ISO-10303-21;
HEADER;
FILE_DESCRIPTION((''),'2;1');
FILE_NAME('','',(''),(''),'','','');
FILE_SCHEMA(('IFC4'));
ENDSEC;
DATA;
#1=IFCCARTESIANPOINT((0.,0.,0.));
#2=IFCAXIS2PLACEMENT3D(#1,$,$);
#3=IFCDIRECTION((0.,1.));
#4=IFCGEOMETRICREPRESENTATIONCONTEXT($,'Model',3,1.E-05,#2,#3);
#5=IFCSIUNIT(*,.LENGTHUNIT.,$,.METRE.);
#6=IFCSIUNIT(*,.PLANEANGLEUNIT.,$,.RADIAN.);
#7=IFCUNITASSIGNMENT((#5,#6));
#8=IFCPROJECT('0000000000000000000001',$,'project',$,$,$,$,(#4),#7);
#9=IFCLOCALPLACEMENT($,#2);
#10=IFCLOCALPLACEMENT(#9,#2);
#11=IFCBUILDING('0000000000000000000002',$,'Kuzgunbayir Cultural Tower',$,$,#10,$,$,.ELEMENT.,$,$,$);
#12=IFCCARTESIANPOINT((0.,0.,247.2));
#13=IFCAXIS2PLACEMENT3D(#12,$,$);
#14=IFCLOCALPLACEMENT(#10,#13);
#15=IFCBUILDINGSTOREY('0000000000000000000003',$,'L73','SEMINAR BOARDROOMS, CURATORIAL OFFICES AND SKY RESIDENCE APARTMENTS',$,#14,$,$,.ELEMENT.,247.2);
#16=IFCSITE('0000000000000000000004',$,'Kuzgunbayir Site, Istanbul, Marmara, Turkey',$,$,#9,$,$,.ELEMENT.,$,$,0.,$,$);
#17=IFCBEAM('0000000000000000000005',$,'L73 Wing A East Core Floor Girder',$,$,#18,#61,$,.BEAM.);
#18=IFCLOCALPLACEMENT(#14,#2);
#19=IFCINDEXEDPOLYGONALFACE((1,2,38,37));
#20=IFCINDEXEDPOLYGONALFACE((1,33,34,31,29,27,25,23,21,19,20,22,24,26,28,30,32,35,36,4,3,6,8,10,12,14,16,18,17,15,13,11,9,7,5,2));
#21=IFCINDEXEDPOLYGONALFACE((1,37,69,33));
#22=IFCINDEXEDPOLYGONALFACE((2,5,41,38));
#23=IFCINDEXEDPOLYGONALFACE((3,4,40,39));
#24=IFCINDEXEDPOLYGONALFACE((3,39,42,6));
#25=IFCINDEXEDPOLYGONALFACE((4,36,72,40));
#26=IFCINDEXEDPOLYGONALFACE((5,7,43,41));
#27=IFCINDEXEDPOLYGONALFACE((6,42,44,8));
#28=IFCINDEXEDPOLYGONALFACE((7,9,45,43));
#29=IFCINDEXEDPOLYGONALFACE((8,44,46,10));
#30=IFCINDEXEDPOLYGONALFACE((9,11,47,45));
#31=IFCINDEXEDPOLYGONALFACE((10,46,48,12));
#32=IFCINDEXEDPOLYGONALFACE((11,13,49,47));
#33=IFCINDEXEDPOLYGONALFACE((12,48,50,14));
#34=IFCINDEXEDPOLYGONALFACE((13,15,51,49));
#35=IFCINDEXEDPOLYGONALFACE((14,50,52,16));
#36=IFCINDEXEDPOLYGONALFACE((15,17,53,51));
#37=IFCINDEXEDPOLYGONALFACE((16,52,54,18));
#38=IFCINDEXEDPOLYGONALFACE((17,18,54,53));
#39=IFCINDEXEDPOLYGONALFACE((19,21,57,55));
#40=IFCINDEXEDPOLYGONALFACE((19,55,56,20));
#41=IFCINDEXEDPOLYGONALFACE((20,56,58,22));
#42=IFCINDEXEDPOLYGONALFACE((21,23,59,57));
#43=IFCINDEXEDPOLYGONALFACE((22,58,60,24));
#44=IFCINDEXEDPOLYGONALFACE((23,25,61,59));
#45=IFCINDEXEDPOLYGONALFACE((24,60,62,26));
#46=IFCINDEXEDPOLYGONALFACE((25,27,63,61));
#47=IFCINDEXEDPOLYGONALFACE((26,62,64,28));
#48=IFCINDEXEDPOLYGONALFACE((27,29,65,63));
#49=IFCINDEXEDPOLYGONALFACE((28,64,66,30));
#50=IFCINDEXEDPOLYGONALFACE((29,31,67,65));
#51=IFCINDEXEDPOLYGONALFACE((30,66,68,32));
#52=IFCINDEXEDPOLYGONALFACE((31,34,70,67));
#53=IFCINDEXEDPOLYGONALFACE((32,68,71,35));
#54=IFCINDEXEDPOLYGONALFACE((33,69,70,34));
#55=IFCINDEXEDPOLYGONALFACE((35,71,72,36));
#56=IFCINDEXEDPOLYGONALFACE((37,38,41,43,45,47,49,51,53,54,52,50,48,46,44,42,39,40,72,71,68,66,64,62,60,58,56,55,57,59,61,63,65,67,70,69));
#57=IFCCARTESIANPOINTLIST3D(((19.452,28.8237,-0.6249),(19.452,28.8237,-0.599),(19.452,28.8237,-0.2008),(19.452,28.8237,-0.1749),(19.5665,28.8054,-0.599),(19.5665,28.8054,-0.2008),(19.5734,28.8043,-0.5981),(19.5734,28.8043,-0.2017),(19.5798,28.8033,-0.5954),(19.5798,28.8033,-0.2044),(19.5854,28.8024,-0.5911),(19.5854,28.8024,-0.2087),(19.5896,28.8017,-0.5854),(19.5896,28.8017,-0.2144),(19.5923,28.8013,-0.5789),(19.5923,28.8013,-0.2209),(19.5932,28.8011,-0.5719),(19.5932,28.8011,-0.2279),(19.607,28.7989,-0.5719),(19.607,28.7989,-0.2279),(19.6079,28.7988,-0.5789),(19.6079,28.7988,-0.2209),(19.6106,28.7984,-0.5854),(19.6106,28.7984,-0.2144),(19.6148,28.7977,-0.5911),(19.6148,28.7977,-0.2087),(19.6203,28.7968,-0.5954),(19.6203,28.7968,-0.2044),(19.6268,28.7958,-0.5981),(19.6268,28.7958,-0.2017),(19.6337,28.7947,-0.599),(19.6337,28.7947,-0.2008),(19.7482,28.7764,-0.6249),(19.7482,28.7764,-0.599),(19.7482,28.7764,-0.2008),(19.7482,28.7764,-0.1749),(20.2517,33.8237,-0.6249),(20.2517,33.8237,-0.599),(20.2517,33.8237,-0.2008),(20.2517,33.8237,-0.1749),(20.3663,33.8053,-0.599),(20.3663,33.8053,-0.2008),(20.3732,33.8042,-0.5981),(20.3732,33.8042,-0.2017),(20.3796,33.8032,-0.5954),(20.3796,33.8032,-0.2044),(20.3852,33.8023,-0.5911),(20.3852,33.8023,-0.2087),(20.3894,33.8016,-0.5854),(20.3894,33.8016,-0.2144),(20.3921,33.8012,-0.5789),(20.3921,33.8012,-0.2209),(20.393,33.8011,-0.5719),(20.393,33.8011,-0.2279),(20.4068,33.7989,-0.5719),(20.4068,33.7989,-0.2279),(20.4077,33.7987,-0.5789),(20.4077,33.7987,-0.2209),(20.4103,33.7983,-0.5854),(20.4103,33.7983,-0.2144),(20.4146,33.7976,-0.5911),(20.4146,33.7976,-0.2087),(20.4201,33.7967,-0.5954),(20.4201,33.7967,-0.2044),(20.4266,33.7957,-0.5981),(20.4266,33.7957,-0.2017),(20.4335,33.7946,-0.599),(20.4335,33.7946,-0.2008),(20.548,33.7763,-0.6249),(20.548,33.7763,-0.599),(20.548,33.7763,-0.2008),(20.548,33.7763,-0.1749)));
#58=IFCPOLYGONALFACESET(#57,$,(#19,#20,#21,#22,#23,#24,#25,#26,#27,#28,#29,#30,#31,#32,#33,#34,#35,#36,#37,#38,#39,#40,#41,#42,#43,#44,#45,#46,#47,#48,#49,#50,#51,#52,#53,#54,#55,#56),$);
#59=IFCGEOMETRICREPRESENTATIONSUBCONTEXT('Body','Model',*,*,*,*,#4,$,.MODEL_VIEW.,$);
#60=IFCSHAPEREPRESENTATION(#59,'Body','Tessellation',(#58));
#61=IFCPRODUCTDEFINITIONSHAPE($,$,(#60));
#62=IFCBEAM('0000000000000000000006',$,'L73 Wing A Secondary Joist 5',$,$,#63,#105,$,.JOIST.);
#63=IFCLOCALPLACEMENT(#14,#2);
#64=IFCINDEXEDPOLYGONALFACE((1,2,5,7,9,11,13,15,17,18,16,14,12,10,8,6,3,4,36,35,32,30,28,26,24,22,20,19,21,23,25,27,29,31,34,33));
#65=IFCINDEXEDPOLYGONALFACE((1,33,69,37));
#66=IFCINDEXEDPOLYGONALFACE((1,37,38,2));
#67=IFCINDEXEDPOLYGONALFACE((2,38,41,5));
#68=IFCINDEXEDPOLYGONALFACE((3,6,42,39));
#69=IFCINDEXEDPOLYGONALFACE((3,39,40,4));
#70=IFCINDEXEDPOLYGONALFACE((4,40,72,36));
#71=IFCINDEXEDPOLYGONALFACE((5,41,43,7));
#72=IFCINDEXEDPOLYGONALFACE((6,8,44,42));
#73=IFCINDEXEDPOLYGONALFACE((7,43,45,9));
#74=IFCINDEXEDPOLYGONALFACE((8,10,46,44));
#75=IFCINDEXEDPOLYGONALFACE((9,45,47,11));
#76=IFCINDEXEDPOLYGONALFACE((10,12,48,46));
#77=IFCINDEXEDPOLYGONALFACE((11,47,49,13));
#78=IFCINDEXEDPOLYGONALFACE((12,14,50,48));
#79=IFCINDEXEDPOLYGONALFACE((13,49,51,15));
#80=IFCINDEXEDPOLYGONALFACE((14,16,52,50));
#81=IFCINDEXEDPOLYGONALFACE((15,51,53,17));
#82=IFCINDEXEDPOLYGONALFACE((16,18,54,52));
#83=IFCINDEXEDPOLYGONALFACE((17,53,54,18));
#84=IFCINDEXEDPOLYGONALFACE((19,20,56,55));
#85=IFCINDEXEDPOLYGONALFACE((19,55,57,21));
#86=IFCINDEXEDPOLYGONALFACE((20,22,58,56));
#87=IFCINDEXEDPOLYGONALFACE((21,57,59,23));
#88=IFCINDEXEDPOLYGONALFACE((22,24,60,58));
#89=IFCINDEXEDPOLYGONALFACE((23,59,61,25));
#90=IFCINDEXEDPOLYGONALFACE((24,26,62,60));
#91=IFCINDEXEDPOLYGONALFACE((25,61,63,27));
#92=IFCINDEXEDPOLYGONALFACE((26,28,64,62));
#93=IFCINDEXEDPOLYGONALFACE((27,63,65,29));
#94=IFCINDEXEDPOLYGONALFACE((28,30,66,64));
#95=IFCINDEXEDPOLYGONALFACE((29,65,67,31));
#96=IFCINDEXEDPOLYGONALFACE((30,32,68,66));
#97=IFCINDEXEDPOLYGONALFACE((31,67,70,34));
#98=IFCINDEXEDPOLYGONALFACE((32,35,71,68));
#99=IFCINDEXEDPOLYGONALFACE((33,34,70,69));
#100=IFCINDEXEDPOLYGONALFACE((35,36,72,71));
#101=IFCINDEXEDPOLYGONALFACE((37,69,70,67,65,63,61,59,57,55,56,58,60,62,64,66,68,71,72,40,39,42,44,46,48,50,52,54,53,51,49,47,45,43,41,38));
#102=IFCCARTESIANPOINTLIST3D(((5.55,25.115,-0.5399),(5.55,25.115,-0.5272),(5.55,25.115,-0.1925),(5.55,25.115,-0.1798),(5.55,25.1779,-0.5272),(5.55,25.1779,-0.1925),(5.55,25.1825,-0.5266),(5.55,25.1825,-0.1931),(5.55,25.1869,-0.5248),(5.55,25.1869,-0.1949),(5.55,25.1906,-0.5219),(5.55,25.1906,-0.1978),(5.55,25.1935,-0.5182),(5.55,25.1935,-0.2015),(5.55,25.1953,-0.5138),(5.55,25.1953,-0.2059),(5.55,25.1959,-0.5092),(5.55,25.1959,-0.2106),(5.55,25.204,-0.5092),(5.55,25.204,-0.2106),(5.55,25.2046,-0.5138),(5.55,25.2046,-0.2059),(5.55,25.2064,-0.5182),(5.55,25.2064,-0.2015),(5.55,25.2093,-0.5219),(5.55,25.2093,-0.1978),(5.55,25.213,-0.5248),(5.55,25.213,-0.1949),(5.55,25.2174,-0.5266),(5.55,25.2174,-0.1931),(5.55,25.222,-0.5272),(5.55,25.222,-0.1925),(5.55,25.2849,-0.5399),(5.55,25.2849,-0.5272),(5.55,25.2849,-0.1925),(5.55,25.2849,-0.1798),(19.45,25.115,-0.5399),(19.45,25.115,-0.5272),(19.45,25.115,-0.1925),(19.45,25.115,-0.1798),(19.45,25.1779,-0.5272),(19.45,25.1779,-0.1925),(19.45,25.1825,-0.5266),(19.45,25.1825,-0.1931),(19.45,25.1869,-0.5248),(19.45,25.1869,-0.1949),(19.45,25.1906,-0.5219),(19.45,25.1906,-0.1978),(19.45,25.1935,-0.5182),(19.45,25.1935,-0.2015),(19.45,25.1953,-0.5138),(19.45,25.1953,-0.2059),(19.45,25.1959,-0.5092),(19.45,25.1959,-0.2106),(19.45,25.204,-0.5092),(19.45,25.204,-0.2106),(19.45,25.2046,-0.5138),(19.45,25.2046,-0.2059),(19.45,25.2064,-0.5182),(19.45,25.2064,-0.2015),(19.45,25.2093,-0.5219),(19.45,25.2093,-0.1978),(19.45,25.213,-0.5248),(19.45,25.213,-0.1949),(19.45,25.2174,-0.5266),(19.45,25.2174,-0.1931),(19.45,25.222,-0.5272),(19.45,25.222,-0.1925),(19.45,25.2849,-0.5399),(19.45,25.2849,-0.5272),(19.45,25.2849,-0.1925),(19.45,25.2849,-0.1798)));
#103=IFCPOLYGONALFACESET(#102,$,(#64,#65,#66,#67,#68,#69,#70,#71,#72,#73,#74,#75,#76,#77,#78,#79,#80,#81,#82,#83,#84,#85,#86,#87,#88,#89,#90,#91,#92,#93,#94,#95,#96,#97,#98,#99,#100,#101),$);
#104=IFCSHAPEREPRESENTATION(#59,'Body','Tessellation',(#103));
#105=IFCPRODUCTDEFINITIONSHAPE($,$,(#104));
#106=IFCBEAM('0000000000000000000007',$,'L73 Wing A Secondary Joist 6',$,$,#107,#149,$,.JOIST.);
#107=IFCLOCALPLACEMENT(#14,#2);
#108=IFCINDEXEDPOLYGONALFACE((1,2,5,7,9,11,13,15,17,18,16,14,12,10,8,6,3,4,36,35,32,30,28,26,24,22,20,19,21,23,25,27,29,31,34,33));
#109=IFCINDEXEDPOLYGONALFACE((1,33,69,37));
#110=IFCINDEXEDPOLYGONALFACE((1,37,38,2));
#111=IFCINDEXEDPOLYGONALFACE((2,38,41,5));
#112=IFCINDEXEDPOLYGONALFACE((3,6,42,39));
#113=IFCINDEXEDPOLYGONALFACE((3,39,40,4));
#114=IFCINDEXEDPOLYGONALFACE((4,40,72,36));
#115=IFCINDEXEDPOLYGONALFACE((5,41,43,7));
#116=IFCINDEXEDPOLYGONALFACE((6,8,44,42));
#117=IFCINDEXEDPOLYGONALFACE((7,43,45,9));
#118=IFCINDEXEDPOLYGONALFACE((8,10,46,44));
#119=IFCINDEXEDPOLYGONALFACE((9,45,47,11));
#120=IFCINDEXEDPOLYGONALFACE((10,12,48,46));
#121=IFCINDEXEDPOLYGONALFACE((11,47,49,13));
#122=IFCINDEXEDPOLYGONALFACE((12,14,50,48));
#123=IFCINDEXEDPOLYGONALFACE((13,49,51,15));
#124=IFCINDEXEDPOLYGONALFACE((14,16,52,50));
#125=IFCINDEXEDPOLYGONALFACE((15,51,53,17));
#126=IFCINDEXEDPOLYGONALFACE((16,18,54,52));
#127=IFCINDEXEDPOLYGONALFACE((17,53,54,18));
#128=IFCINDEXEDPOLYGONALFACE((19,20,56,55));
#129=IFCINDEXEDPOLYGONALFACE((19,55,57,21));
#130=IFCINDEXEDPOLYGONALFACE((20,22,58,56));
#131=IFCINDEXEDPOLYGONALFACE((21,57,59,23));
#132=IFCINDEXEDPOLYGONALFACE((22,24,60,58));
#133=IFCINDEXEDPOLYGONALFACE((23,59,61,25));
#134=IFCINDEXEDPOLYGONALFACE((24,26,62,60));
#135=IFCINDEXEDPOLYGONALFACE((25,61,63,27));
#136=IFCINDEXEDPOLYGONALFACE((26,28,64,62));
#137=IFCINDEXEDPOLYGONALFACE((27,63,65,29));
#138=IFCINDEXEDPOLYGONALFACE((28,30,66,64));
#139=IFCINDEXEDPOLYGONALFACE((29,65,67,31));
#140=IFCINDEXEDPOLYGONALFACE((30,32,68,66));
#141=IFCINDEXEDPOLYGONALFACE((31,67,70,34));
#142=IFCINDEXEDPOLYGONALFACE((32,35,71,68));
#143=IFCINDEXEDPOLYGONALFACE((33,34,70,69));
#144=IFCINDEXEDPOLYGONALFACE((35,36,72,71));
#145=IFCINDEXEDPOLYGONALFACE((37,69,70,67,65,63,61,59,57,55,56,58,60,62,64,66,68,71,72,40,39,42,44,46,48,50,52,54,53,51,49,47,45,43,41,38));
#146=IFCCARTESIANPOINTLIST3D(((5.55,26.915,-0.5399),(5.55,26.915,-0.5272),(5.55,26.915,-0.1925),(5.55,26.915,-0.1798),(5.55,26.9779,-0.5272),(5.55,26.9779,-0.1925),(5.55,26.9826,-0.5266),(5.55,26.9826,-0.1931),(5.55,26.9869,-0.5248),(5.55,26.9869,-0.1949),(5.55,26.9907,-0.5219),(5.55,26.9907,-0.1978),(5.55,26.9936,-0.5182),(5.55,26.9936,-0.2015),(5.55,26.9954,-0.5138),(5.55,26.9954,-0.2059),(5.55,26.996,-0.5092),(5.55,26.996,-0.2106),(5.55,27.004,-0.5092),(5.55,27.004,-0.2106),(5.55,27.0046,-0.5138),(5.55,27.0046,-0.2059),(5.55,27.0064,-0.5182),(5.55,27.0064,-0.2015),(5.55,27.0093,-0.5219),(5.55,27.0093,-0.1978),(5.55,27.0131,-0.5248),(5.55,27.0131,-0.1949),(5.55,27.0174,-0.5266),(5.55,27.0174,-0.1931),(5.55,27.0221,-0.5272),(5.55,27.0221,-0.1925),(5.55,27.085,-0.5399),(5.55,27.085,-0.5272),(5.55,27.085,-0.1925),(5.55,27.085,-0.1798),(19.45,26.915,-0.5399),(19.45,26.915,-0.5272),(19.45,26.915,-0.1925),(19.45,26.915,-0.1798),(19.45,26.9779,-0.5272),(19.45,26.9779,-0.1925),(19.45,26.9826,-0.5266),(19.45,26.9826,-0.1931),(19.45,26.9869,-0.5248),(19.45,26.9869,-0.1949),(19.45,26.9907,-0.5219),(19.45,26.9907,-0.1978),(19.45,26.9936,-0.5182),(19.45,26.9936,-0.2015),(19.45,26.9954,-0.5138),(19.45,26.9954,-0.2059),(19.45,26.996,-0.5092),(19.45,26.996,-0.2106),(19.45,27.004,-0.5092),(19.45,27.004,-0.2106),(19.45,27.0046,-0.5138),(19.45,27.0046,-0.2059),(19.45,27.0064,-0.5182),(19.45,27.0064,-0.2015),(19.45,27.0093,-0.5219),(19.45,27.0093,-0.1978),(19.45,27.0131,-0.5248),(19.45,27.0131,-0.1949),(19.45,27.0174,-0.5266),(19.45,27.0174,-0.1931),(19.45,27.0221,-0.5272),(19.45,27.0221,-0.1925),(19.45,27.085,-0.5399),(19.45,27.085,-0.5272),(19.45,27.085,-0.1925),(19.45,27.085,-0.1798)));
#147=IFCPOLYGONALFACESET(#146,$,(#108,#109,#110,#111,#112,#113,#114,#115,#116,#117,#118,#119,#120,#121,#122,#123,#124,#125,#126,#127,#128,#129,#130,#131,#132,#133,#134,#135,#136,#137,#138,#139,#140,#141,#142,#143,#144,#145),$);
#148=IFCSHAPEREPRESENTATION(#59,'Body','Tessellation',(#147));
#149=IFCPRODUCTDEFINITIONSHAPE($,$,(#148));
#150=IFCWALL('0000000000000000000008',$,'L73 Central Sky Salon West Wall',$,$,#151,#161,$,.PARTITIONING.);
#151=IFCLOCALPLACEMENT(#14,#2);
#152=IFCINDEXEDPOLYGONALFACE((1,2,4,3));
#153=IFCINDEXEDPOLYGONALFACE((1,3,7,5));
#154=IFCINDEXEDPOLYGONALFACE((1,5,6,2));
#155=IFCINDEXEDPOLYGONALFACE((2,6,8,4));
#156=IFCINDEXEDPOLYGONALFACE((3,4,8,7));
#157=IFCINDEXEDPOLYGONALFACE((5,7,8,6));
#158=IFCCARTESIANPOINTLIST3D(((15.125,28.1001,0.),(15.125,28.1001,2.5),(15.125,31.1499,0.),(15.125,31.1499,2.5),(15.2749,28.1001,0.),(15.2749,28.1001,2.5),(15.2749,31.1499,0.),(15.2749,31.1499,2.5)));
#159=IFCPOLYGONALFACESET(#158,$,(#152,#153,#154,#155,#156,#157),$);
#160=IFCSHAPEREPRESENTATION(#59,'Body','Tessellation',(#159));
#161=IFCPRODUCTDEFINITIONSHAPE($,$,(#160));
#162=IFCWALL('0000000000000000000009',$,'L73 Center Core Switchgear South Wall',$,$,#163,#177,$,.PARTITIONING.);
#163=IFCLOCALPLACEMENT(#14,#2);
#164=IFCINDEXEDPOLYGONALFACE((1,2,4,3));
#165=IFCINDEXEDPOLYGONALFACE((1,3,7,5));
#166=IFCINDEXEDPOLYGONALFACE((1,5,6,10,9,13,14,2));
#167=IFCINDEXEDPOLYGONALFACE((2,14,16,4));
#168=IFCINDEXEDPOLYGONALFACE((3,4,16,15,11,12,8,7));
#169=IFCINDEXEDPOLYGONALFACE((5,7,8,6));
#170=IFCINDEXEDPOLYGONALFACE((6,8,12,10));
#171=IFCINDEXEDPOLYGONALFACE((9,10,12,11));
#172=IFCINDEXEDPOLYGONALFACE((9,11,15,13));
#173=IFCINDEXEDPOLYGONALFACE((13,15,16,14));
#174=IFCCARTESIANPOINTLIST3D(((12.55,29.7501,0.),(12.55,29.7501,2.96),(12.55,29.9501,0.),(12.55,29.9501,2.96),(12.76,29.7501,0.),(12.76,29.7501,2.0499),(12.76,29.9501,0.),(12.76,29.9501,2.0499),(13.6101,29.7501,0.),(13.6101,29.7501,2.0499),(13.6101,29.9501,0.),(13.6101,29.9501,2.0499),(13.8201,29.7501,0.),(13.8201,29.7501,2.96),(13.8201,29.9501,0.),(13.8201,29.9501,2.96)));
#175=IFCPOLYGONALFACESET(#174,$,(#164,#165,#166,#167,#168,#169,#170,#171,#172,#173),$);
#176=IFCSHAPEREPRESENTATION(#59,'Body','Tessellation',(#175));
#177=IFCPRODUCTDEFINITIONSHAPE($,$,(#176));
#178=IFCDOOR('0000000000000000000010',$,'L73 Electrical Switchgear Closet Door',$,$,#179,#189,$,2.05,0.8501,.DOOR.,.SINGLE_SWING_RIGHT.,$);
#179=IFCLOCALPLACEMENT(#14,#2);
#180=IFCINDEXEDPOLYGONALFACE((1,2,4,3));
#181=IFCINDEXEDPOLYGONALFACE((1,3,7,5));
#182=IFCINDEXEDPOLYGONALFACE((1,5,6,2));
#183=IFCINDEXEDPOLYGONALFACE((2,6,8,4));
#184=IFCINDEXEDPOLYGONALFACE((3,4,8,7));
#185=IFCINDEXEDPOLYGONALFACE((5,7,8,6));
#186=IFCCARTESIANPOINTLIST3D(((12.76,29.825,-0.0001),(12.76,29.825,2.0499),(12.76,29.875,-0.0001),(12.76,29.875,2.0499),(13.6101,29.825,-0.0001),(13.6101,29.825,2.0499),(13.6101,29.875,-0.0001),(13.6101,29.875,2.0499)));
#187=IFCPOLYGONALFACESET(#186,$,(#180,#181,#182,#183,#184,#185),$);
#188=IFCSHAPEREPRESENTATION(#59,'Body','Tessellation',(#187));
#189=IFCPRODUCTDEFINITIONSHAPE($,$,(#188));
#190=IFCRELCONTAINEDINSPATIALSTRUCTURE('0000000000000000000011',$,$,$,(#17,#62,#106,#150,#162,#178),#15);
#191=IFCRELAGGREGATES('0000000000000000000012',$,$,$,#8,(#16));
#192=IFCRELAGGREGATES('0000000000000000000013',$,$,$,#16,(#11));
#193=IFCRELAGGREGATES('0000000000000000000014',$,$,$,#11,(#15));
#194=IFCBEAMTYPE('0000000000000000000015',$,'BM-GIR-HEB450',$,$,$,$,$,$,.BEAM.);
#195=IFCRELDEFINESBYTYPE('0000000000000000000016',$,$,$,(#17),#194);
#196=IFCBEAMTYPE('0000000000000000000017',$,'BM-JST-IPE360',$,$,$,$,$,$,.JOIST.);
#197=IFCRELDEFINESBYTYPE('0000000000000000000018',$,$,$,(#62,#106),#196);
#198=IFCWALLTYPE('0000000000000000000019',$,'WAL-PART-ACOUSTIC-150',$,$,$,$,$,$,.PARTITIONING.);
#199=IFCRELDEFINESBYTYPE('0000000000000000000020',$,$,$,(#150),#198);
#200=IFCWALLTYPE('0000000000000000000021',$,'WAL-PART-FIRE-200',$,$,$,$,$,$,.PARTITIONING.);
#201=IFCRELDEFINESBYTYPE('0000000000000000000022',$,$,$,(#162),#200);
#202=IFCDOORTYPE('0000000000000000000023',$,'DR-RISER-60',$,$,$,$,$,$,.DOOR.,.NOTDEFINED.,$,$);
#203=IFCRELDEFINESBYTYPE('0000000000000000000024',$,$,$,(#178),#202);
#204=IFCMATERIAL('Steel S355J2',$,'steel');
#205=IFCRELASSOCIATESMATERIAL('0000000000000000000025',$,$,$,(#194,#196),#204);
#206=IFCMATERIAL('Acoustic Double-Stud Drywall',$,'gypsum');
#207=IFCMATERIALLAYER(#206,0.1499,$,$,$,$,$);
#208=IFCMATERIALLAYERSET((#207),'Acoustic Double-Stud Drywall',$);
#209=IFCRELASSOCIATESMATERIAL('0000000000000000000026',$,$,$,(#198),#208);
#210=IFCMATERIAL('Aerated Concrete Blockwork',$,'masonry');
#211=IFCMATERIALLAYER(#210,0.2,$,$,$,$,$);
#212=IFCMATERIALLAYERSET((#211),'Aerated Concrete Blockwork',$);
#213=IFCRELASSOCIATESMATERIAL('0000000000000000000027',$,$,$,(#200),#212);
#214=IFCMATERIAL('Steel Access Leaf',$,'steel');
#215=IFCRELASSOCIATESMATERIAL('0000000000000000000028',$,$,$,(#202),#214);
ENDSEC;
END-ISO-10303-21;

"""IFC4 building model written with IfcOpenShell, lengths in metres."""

from ifc_helpers import new_model, si_unit, direction, frame, frame_2d, origin, origin_2d, place, context, subcontext, project, spatial, rectangle, i_section, extrude, material, layer, layer_set, material_profile, profile_set, type_object, element, fill, save


model = new_model("IFC4")

# Units and contexts
model_context = context("Model", 3, precision=1e-05, world=origin(), true_north=direction((0.0, 1.0)))
body_context = subcontext(model_context, "Body", "Model", "MODEL_VIEW")
ifc_project = project(units=[si_unit("LENGTHUNIT", "METRE"), si_unit("PLANEANGLEUNIT", "RADIAN")], contexts=[model_context])

# Site, building, storey
site_placement = place(None, origin())
site = spatial("IfcSite", under=ifc_project, at=site_placement, Name="Kuzgunbayir Site, Istanbul, Marmara, Turkey", CompositionType="ELEMENT", RefElevation=0.0)
building_placement = place(site_placement, origin())
building = spatial("IfcBuilding", under=site, at=building_placement, Name="Kuzgunbayir Cultural Tower", CompositionType="ELEMENT")
storey_placement = place(building_placement, frame((0.0, 0.0, 247.2)))
storey = spatial("IfcBuildingStorey", under=building, at=storey_placement, Name="L73", Description="SEMINAR BOARDROOMS, CURATORIAL OFFICES AND SKY RESIDENCE APARTMENTS", CompositionType="ELEMENT", Elevation=247.2)

# Beams
ifc_material_1 = material(Name="Steel S355J2", Category="steel")
ifc_material_profile_1 = material_profile(ifc_material_1, i_section(OverallWidth=0.3, OverallDepth=0.45, WebThickness=0.0139, FlangeThickness=0.0259, FilletRadius=0.0271, at=origin_2d()), Name="HEB 450")
ifc_profile_set_1 = profile_set([ifc_material_profile_1], Name="Steel S355J2")
beam_type_1 = type_object("IfcBeamType", Name="BM-GIR-HEB450", PredefinedType="BEAM", material=ifc_profile_set_1)
beam_1_placement = place(storey_placement, frame((19.6001, 28.8, -0.3999), z_axis=(0.157953, 0.987447, 0.0), x_axis=(-0.987447, 0.157953, 0.0)))
element("IfcBeam", 1, at=beam_1_placement, inside=storey, type_object=beam_type_1, Name="L73 Wing A East Core Floor Girder", PredefinedType="BEAM", context=body_context, shape_type="SweptSolid", body=[
    extrude(i_section(OverallWidth=0.3, OverallDepth=0.45, WebThickness=0.0139, FlangeThickness=0.0259, FilletRadius=0.0271, at=origin_2d()), origin(), (0.0, 0.0, 1.0), 5.0635),
])
ifc_material_profile_2 = material_profile(ifc_material_1, i_section(OverallWidth=0.1699, OverallDepth=0.3601, WebThickness=0.0081, FlangeThickness=0.0127, FilletRadius=0.0181, at=origin_2d()), Name="IPE 360")
ifc_profile_set_2 = profile_set([ifc_material_profile_2], Name="Steel S355J2")
beam_type_2 = type_object("IfcBeamType", Name="BM-JST-IPE360", PredefinedType="JOIST", material=ifc_profile_set_2)
for number, where, z_axis, x_axis, name in (
    (2, (5.55, 25.2, -0.3599), (1.0, 0.0, 0.0), (0.0, 1.0, 0.0), "L73 Wing A Secondary Joist 5"),
    (3, (5.55, 27.0, -0.3599), (1.0, 0.0, 0.0), (0.0, 1.0, 0.0), "L73 Wing A Secondary Joist 6"),
):
    element("IfcBeam", number, at=place(storey_placement, frame(where, z_axis=z_axis, x_axis=x_axis)), inside=storey, type_object=beam_type_2, Name=name, PredefinedType="JOIST", context=body_context, shape_type="SweptSolid", body=[
        extrude(i_section(OverallWidth=0.1699, OverallDepth=0.3601, WebThickness=0.0081, FlangeThickness=0.0127, FilletRadius=0.0181, at=origin_2d()), origin(), (0.0, 0.0, 1.0), 13.8999),
    ])

# Wall
ifc_material_2 = material(Name="Acoustic Double-Stud Drywall", Category="gypsum")
ifc_layer_1 = layer(ifc_material_2, 0.1499)
ifc_layer_set_1 = layer_set([ifc_layer_1], Name="Acoustic Double-Stud Drywall")
wall_type_1 = type_object("IfcWallType", Name="WAL-PART-ACOUSTIC-150", PredefinedType="PARTITIONING", material=ifc_layer_set_1)
wall_1_placement = place(storey_placement, frame((15.2, 28.1001, 0.0), z_axis=(0.0, 0.0, 1.0), x_axis=(0.0, 1.0, 0.0)))
element("IfcWall", 4, at=wall_1_placement, inside=storey, type_object=wall_type_1, Name="L73 Central Sky Salon West Wall", PredefinedType="PARTITIONING", context=body_context, shape_type="SweptSolid", body=[
    extrude(rectangle(XDim=3.0498, YDim=0.1499, at=frame_2d((1.5249, 0.0))), origin(), (0.0, 0.0, 1.0), 2.5),
])

# Wall, opening, door
ifc_material_3 = material(Name="Aerated Concrete Blockwork", Category="masonry")
ifc_layer_2 = layer(ifc_material_3, 0.2)
ifc_layer_set_2 = layer_set([ifc_layer_2], Name="Aerated Concrete Blockwork")
wall_type_2 = type_object("IfcWallType", Name="WAL-PART-FIRE-200", PredefinedType="PARTITIONING", material=ifc_layer_set_2)
wall_2_placement = place(storey_placement, frame((12.55, 29.8501, 0.0), z_axis=(0.0, 0.0, 1.0), x_axis=(1.0, 0.0, 0.0)))
wall_2 = element("IfcWall", 5, at=wall_2_placement, inside=storey, type_object=wall_type_2, Name="L73 Center Core Switchgear South Wall", PredefinedType="PARTITIONING", context=body_context, shape_type="SweptSolid", body=[
    extrude(rectangle(XDim=1.27, YDim=0.2, at=frame_2d((0.635, 0.0))), origin(), (0.0, 0.0, 1.0), 2.96),
])
opening_1_placement = place(wall_2_placement, frame((0.21, 0.0, 0.0)))
opening_1 = element("IfcOpeningElement", 6, at=opening_1_placement, cuts=wall_2, PredefinedType="OPENING", context=body_context, shape_type="SweptSolid", body=[
    extrude(rectangle(XDim=0.8501, YDim=2.05, at=frame_2d((0.425, 1.0249))), frame((0.0, 0.1099, 0.0), z_axis=(0.0, -1.0, 0.0), x_axis=(1.0, 0.0, 0.0)), (0.0, 0.0, 1.0), 0.22),
])
ifc_material_4 = material(Name="Steel Access Leaf", Category="steel")
door_type_1 = type_object("IfcDoorType", Name="DR-RISER-60", OperationType="NOTDEFINED", PredefinedType="DOOR", material=ifc_material_4)
door_1_placement = place(opening_1_placement, origin())
door_1 = element("IfcDoor", 7, at=door_1_placement, inside=storey, type_object=door_type_1, Name="L73 Electrical Switchgear Closet Door", OperationType="SINGLE_SWING_RIGHT", OverallHeight=2.05, OverallWidth=0.8501, PredefinedType="DOOR", context=body_context, shape_type="SweptSolid", body=[
    extrude(rectangle(XDim=0.8501, YDim=2.05, at=frame_2d((0.425, 1.0249))), frame((0.0, 0.0249, 0.0), z_axis=(0.0, -1.0, 0.0), x_axis=(1.0, 0.0, 0.0)), (0.0, 0.0, 1.0), 0.05),
])
fill(opening_1, door_1)

save(model, "model.ifc")
